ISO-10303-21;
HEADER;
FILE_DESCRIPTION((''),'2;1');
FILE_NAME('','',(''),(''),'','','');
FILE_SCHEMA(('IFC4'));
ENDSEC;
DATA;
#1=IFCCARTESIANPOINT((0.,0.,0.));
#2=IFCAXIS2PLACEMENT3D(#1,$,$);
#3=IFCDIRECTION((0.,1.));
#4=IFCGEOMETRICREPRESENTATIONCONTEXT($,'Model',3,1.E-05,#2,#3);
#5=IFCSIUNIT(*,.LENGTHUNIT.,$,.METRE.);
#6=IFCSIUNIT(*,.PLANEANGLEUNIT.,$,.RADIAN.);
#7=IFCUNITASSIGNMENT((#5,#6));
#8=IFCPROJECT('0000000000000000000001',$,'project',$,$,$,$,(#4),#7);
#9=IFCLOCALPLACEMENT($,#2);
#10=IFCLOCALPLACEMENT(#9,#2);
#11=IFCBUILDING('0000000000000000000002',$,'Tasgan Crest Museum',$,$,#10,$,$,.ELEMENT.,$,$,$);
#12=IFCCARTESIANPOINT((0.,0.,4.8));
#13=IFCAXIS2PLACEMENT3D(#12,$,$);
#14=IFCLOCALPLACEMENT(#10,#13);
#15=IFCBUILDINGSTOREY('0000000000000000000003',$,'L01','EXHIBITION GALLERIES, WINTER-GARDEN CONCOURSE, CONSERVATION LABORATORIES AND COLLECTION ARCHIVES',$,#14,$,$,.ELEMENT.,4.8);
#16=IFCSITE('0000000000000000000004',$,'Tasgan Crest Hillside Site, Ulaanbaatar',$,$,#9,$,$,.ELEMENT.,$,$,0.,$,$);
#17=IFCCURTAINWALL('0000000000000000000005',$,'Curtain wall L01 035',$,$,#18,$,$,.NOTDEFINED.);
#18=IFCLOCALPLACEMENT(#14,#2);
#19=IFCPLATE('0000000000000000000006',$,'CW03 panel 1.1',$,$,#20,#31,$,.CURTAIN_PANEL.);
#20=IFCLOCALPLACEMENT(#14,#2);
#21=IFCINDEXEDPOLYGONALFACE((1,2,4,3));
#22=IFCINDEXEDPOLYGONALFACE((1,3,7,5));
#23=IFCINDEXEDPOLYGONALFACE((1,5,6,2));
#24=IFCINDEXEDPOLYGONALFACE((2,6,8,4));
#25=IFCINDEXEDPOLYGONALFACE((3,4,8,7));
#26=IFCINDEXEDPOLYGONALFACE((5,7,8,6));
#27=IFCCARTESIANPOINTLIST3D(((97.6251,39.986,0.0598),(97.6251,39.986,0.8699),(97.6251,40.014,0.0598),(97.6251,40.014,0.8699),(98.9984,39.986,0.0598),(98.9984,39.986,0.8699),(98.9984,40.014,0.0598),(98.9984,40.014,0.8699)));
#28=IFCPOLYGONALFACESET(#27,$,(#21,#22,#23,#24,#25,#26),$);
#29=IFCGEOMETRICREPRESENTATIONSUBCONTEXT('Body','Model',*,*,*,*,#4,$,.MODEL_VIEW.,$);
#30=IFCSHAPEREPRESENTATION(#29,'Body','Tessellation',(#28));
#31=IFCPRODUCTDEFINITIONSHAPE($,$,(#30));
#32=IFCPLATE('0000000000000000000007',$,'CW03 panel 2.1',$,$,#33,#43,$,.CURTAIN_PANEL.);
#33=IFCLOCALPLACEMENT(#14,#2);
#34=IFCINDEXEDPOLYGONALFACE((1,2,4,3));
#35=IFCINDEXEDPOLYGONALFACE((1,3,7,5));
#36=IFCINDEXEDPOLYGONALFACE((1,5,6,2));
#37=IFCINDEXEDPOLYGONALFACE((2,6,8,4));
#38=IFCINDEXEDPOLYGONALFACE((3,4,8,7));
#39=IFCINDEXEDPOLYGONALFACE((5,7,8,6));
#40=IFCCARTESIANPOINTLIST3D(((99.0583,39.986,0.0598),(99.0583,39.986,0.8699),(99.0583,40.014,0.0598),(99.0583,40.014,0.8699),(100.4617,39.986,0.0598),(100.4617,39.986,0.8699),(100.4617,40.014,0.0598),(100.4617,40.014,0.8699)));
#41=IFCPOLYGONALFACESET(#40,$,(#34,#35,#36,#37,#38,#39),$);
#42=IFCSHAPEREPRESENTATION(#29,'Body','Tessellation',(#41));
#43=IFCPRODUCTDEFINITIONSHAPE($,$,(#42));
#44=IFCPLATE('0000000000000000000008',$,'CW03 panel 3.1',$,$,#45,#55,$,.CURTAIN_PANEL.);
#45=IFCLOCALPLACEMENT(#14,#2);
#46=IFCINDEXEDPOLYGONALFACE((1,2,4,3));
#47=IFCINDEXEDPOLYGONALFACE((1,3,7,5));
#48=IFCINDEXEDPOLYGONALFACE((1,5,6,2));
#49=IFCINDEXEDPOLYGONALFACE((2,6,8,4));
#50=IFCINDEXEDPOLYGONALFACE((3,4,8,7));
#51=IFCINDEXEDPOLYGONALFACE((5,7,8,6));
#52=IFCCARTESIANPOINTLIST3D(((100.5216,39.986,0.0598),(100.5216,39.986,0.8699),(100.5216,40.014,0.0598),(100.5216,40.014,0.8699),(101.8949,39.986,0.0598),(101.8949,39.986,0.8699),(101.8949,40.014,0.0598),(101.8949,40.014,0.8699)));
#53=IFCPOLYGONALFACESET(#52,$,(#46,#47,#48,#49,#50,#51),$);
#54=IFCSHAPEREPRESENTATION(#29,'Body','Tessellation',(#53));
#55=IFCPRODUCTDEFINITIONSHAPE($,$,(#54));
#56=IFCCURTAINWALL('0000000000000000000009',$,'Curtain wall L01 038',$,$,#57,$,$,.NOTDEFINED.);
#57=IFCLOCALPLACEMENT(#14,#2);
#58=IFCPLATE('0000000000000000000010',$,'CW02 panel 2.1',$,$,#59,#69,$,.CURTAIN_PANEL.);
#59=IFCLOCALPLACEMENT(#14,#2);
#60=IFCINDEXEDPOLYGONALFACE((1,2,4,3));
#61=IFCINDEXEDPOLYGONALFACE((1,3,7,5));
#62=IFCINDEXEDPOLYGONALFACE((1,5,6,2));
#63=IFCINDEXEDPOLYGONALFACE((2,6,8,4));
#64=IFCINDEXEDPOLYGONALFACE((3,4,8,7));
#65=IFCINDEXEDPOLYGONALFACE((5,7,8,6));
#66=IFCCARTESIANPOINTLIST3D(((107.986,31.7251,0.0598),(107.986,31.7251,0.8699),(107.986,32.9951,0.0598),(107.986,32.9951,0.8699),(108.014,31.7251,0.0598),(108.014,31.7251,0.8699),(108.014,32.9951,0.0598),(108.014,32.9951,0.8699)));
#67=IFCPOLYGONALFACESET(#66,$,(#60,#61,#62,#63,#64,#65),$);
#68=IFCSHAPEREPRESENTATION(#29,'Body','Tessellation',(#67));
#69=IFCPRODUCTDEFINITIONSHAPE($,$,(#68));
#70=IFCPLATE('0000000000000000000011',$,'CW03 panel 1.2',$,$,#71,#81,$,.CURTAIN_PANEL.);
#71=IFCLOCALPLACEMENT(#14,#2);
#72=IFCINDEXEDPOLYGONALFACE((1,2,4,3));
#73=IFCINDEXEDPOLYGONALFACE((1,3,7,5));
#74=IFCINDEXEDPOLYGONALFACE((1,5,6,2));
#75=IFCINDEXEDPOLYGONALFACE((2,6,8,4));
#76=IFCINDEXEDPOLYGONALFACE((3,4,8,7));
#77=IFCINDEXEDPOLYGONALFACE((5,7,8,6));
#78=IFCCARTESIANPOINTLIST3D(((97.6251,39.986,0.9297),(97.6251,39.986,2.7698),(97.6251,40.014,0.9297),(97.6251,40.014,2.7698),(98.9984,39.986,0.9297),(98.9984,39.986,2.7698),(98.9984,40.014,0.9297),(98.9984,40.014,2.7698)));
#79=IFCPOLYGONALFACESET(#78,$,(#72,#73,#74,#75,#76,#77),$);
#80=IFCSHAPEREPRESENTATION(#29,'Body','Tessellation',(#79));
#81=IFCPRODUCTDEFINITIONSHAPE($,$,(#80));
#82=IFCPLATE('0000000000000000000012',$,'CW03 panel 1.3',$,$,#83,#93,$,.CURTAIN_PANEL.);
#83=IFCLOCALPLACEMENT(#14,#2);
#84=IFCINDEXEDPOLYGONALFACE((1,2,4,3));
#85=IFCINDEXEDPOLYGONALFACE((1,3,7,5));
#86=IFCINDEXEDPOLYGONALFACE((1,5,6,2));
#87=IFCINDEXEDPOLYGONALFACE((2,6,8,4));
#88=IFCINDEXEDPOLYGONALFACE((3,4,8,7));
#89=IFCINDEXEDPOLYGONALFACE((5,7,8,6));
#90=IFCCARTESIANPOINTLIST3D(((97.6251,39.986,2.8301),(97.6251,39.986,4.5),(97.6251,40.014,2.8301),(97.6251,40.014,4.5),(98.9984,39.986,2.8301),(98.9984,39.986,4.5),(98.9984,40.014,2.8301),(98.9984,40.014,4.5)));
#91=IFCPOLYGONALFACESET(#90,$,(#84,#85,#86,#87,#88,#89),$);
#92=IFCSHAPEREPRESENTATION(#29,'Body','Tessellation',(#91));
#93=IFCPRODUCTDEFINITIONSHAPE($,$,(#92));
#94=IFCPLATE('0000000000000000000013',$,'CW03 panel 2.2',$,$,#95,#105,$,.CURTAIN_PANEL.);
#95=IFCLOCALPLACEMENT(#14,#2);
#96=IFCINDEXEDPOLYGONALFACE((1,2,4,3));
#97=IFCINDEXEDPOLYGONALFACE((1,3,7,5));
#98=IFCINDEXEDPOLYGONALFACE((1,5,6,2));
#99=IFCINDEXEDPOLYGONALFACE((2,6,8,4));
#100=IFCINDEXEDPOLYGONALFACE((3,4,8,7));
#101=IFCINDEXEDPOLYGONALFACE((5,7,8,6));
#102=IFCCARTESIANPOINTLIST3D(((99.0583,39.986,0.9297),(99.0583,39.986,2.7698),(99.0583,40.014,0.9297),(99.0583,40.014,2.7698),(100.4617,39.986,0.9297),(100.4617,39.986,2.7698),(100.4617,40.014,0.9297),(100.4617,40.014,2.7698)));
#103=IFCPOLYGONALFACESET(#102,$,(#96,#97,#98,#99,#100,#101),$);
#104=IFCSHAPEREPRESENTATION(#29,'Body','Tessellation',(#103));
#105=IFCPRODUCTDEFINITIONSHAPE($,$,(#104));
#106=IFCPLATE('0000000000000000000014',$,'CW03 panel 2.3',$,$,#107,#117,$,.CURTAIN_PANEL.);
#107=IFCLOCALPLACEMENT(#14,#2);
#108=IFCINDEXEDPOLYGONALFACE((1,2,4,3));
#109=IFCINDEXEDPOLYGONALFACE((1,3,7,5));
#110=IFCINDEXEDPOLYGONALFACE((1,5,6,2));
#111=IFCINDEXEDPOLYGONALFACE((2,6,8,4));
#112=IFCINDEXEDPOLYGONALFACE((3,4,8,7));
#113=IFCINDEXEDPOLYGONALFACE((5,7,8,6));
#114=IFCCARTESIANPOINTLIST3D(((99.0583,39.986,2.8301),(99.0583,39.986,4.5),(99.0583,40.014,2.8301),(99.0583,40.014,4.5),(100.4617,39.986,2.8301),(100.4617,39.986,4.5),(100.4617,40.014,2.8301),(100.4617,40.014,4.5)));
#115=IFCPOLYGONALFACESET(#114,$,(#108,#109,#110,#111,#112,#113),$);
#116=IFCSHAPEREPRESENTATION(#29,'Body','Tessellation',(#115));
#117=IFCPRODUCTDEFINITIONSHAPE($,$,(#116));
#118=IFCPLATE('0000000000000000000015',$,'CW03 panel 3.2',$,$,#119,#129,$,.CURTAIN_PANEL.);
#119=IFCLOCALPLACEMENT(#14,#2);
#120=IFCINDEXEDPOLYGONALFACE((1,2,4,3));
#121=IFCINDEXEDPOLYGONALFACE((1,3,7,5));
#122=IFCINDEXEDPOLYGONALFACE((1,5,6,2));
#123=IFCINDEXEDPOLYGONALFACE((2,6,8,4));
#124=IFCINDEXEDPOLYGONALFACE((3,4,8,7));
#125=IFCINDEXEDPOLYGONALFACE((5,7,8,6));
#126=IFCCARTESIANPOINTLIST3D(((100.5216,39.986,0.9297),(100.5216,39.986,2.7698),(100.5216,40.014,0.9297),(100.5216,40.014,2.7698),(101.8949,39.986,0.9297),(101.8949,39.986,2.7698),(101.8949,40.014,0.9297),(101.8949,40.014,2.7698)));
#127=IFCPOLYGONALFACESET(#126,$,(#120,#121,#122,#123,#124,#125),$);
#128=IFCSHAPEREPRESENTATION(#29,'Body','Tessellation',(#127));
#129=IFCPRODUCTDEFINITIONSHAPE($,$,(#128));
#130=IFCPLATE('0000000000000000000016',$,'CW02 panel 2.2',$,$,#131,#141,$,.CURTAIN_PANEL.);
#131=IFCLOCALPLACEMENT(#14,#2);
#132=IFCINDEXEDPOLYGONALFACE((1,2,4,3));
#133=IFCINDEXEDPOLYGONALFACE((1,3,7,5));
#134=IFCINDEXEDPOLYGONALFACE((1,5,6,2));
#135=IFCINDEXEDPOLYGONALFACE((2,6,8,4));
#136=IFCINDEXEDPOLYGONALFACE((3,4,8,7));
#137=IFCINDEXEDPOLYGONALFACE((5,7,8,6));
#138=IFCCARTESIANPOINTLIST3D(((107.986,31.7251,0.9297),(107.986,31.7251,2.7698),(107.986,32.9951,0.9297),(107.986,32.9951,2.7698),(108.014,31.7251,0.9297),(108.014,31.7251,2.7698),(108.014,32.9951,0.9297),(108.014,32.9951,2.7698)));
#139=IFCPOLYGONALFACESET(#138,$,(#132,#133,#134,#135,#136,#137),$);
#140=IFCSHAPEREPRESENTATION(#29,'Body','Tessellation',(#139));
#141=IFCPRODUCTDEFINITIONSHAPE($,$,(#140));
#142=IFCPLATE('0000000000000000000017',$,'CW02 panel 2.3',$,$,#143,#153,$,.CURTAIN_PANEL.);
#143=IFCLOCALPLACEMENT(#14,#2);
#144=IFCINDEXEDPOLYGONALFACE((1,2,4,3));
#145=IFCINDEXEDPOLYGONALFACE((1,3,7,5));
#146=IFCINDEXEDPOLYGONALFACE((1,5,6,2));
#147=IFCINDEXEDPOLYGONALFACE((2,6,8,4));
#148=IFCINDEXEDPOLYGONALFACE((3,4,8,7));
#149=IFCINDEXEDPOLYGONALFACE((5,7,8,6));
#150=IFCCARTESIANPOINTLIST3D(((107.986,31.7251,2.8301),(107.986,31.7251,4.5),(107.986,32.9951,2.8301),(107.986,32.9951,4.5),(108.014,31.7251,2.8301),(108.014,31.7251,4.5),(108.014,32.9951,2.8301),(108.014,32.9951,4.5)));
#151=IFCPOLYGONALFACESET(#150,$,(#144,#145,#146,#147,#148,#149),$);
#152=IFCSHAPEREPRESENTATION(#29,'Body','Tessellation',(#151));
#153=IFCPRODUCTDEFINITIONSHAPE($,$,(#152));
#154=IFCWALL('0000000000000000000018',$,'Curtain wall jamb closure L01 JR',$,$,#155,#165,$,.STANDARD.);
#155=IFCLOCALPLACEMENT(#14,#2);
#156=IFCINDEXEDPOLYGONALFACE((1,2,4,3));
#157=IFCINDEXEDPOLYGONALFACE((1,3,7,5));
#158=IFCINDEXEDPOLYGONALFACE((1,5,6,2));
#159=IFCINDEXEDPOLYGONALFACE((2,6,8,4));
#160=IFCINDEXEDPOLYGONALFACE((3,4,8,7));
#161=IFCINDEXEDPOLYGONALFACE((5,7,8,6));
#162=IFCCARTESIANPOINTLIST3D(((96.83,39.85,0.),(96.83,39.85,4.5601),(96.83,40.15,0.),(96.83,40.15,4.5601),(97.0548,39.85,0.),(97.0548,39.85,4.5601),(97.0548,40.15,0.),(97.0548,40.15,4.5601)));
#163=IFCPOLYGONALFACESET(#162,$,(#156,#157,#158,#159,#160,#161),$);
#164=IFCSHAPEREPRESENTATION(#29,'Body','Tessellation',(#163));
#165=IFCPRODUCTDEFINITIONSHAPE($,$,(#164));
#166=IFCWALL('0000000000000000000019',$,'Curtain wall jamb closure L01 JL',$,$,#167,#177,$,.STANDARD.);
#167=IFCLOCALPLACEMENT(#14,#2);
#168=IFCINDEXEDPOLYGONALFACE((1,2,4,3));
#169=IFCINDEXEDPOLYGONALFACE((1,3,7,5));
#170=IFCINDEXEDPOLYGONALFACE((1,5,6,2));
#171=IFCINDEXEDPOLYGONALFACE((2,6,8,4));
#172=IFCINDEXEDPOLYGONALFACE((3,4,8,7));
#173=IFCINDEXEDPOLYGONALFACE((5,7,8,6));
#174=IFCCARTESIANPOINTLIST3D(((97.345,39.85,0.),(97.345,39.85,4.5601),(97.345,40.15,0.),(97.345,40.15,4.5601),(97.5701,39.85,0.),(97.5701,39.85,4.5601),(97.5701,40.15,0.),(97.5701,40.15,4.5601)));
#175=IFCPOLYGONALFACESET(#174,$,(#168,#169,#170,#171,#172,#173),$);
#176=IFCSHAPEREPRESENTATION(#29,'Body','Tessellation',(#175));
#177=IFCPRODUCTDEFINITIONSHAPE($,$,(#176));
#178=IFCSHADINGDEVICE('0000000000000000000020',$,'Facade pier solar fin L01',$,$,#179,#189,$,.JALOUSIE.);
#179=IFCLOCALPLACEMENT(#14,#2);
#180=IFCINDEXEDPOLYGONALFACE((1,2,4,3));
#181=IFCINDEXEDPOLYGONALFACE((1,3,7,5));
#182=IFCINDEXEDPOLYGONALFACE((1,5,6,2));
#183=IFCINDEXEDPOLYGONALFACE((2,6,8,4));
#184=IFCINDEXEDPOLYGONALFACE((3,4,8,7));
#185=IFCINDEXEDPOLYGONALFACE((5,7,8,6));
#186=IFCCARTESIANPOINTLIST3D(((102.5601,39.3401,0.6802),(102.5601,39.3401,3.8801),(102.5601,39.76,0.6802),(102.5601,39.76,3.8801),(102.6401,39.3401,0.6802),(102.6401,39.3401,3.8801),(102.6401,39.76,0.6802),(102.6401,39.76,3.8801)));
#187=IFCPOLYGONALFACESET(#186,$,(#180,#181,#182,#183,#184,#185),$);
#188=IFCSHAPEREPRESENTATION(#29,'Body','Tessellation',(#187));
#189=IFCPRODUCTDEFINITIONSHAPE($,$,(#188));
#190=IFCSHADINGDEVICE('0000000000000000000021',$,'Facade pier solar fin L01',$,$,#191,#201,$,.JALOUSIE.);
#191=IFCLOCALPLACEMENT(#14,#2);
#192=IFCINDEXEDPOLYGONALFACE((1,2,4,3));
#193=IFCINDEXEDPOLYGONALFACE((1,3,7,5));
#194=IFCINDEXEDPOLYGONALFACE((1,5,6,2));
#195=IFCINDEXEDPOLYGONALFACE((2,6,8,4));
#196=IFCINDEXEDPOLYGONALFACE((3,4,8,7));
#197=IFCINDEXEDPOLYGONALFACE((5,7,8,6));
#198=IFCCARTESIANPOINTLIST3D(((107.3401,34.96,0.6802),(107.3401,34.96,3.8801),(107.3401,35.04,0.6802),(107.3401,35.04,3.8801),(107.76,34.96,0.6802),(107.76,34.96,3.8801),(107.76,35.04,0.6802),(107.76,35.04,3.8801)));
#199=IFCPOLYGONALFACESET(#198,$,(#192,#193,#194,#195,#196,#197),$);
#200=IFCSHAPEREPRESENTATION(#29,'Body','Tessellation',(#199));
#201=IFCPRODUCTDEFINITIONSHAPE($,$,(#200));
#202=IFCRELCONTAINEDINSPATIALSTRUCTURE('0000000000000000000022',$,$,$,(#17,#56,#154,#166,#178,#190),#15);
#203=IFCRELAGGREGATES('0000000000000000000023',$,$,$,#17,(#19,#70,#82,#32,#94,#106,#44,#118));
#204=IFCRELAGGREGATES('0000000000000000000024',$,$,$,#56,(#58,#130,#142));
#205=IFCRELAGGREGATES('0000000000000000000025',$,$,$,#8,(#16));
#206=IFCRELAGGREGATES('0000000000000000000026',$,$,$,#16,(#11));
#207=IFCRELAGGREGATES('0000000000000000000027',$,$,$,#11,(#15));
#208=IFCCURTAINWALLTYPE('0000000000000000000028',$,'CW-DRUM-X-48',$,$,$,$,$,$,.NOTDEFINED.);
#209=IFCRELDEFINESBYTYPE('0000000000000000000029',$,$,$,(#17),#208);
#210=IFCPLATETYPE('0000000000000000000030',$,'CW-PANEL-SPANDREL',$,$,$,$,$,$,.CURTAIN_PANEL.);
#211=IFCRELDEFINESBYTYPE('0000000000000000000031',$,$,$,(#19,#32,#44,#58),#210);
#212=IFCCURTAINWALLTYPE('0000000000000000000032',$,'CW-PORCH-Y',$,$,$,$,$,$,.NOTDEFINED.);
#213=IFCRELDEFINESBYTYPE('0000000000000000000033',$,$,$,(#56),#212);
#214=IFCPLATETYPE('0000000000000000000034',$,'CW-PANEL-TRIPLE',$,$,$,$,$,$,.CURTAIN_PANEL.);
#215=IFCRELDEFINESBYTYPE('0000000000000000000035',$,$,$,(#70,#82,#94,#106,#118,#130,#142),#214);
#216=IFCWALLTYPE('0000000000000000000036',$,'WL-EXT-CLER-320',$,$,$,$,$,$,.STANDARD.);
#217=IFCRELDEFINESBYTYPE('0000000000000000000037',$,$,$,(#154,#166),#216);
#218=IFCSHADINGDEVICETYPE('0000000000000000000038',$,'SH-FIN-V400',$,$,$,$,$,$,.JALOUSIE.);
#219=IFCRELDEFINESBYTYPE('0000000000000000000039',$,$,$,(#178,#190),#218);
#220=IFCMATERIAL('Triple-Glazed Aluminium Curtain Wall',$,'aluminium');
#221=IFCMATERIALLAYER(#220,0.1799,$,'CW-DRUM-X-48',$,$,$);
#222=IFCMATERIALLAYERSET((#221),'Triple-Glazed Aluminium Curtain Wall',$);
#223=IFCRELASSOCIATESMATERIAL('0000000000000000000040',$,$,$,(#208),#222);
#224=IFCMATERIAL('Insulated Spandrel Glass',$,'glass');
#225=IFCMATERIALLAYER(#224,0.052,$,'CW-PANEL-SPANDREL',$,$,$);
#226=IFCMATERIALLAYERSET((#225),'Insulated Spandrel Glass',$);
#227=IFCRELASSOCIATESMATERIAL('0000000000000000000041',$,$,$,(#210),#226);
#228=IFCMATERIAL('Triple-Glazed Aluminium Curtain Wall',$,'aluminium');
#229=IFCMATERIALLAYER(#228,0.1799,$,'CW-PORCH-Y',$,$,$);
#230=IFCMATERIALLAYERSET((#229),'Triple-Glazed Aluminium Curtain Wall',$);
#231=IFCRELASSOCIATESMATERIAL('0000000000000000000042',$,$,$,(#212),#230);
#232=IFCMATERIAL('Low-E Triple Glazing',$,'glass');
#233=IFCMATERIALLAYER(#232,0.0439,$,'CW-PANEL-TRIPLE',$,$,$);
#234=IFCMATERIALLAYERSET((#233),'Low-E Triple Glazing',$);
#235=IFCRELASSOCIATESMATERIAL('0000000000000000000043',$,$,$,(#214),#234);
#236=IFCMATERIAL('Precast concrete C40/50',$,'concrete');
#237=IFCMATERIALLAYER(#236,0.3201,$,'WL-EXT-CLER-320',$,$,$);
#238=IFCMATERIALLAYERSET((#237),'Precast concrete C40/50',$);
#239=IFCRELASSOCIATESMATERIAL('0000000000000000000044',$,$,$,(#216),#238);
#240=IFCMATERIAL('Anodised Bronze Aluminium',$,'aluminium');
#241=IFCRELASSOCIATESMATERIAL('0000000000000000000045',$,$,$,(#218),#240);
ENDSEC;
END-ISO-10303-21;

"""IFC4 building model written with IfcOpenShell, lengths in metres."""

from ifc_helpers import new_model, si_unit, direction, frame, frame_2d, origin, origin_2d, place, context, subcontext, project, spatial, rectangle, extrude, material, layer, layer_set, type_object, element, aggregate, save


model = new_model("IFC4")

# Units and contexts
model_context = context("Model", 3, precision=1e-05, world=origin(), true_north=direction((0.0, 1.0)))
body_context = subcontext(model_context, "Body", "Model", "MODEL_VIEW")
ifc_project = project(units=[si_unit("LENGTHUNIT", "METRE"), si_unit("PLANEANGLEUNIT", "RADIAN")], contexts=[model_context])

# Site, building, storey
site_placement = place(None, origin())
site = spatial("IfcSite", under=ifc_project, at=site_placement, Name="Tasgan Crest Hillside Site, Ulaanbaatar", CompositionType="ELEMENT", RefElevation=0.0)
building_placement = place(site_placement, origin())
building = spatial("IfcBuilding", under=site, at=building_placement, Name="Tasgan Crest Museum", CompositionType="ELEMENT")
storey_placement = place(building_placement, frame((0.0, 0.0, 4.8)))
storey = spatial("IfcBuildingStorey", under=building, at=storey_placement, Name="L01", Description="EXHIBITION GALLERIES, WINTER-GARDEN CONCOURSE, CONSERVATION LABORATORIES AND COLLECTION ARCHIVES", CompositionType="ELEMENT", Elevation=4.8)

# Shared definitions
ifc_material_1 = material(Name="Triple-Glazed Aluminium Curtain Wall", Category="aluminium")
ifc_layer_1 = layer(ifc_material_1, 0.1799, Name="CW-DRUM-X-48")
ifc_layer_set_1 = layer_set([ifc_layer_1], Name="Triple-Glazed Aluminium Curtain Wall")
curtain_wall_type_1 = type_object("IfcCurtainWallType", Name="CW-DRUM-X-48", PredefinedType="NOTDEFINED", material=ifc_layer_set_1)

# Curtain wall, plates
curtain_wall_1_placement = place(storey_placement, origin())
curtain_wall_1 = element("IfcCurtainWall", 1, at=curtain_wall_1_placement, inside=storey, type_object=curtain_wall_type_1, Name="Curtain wall L01 035", PredefinedType="NOTDEFINED")
ifc_material_2 = material(Name="Insulated Spandrel Glass", Category="glass")
ifc_layer_2 = layer(ifc_material_2, 0.052, Name="CW-PANEL-SPANDREL")
ifc_layer_set_2 = layer_set([ifc_layer_2], Name="Insulated Spandrel Glass")
plate_type_1 = type_object("IfcPlateType", Name="CW-PANEL-SPANDREL", PredefinedType="CURTAIN_PANEL", material=ifc_layer_set_2)
plate_1_placement = place(storey_placement, frame((98.3118, 40.0, 0.0598), z_axis=(0.0, 0.0, 1.0), x_axis=(1.0, 0.0, 0.0)))
plate_1 = element("IfcPlate", 2, at=plate_1_placement, type_object=plate_type_1, Name="CW03 panel 1.1", PredefinedType="CURTAIN_PANEL", context=body_context, shape_type="SweptSolid", body=[
    extrude(rectangle(XDim=1.3733, YDim=0.0281, at=origin_2d()), origin(), (0.0, 0.0, 1.0), 0.8101),
])
plate_2_placement = place(storey_placement, frame((99.76, 40.0, 0.0598), z_axis=(0.0, 0.0, 1.0), x_axis=(1.0, 0.0, 0.0)))
plate_2 = element("IfcPlate", 3, at=plate_2_placement, type_object=plate_type_1, Name="CW03 panel 2.1", PredefinedType="CURTAIN_PANEL", context=body_context, shape_type="SweptSolid", body=[
    extrude(rectangle(XDim=1.4033, YDim=0.0281, at=origin_2d()), origin(), (0.0, 0.0, 1.0), 0.8101),
])
plate_3_placement = place(storey_placement, frame((101.2083, 40.0, 0.0598), z_axis=(0.0, 0.0, 1.0), x_axis=(1.0, 0.0, 0.0)))
plate_3 = element("IfcPlate", 4, at=plate_3_placement, type_object=plate_type_1, Name="CW03 panel 3.1", PredefinedType="CURTAIN_PANEL", context=body_context, shape_type="SweptSolid", body=[
    extrude(rectangle(XDim=1.3733, YDim=0.0281, at=origin_2d()), origin(), (0.0, 0.0, 1.0), 0.8101),
])

# Curtain wall, plate
ifc_material_3 = material(Name="Triple-Glazed Aluminium Curtain Wall", Category="aluminium")
ifc_layer_3 = layer(ifc_material_3, 0.1799, Name="CW-PORCH-Y")
ifc_layer_set_3 = layer_set([ifc_layer_3], Name="Triple-Glazed Aluminium Curtain Wall")
curtain_wall_type_2 = type_object("IfcCurtainWallType", Name="CW-PORCH-Y", PredefinedType="NOTDEFINED", material=ifc_layer_set_3)
curtain_wall_2_placement = place(storey_placement, origin())
curtain_wall_2 = element("IfcCurtainWall", 5, at=curtain_wall_2_placement, inside=storey, type_object=curtain_wall_type_2, Name="Curtain wall L01 038", PredefinedType="NOTDEFINED")
plate_4_placement = place(storey_placement, frame((108.0, 32.3601, 0.0598), z_axis=(0.0, 0.0, 1.0), x_axis=(0.0, -1.0, 0.0)))
plate_4 = element("IfcPlate", 6, at=plate_4_placement, type_object=plate_type_1, Name="CW02 panel 2.1", PredefinedType="CURTAIN_PANEL", context=body_context, shape_type="SweptSolid", body=[
    extrude(rectangle(XDim=1.27, YDim=0.0281, at=origin_2d()), origin(), (0.0, 0.0, 1.0), 0.8101),
])

# Plates
ifc_material_4 = material(Name="Low-E Triple Glazing", Category="glass")
ifc_layer_4 = layer(ifc_material_4, 0.0439, Name="CW-PANEL-TRIPLE")
ifc_layer_set_4 = layer_set([ifc_layer_4], Name="Low-E Triple Glazing")
plate_type_2 = type_object("IfcPlateType", Name="CW-PANEL-TRIPLE", PredefinedType="CURTAIN_PANEL", material=ifc_layer_set_4)
plate_5_placement = place(storey_placement, frame((98.3118, 40.0, 0.9297), z_axis=(0.0, 0.0, 1.0), x_axis=(1.0, 0.0, 0.0)))
plate_5 = element("IfcPlate", 7, at=plate_5_placement, type_object=plate_type_2, Name="CW03 panel 1.2", PredefinedType="CURTAIN_PANEL", context=body_context, shape_type="SweptSolid", body=[
    extrude(rectangle(XDim=1.3733, YDim=0.0281, at=origin_2d()), origin(), (0.0, 0.0, 1.0), 1.8401),
])
plate_6_placement = place(storey_placement, frame((98.3118, 40.0, 2.8301), z_axis=(0.0, 0.0, 1.0), x_axis=(1.0, 0.0, 0.0)))
plate_6 = element("IfcPlate", 8, at=plate_6_placement, type_object=plate_type_2, Name="CW03 panel 1.3", PredefinedType="CURTAIN_PANEL", context=body_context, shape_type="SweptSolid", body=[
    extrude(rectangle(XDim=1.3733, YDim=0.0281, at=origin_2d()), origin(), (0.0, 0.0, 1.0), 1.6699),
])
plate_7_placement = place(storey_placement, frame((99.76, 40.0, 0.9297), z_axis=(0.0, 0.0, 1.0), x_axis=(1.0, 0.0, 0.0)))
plate_7 = element("IfcPlate", 9, at=plate_7_placement, type_object=plate_type_2, Name="CW03 panel 2.2", PredefinedType="CURTAIN_PANEL", context=body_context, shape_type="SweptSolid", body=[
    extrude(rectangle(XDim=1.4033, YDim=0.0281, at=origin_2d()), origin(), (0.0, 0.0, 1.0), 1.8401),
])
plate_8_placement = place(storey_placement, frame((99.76, 40.0, 2.8301), z_axis=(0.0, 0.0, 1.0), x_axis=(1.0, 0.0, 0.0)))
plate_8 = element("IfcPlate", 10, at=plate_8_placement, type_object=plate_type_2, Name="CW03 panel 2.3", PredefinedType="CURTAIN_PANEL", context=body_context, shape_type="SweptSolid", body=[
    extrude(rectangle(XDim=1.4033, YDim=0.0281, at=origin_2d()), origin(), (0.0, 0.0, 1.0), 1.6699),
])
plate_9_placement = place(storey_placement, frame((101.2083, 40.0, 0.9297), z_axis=(0.0, 0.0, 1.0), x_axis=(1.0, 0.0, 0.0)))
plate_9 = element("IfcPlate", 11, at=plate_9_placement, type_object=plate_type_2, Name="CW03 panel 3.2", PredefinedType="CURTAIN_PANEL", context=body_context, shape_type="SweptSolid", body=[
    extrude(rectangle(XDim=1.3733, YDim=0.0281, at=origin_2d()), origin(), (0.0, 0.0, 1.0), 1.8401),
])
aggregate(curtain_wall_1, [plate_1, plate_5, plate_6, plate_2, plate_7, plate_8, plate_3, plate_9])
plate_10_placement = place(storey_placement, frame((108.0, 32.3601, 0.9297), z_axis=(0.0, 0.0, 1.0), x_axis=(0.0, -1.0, 0.0)))
plate_10 = element("IfcPlate", 12, at=plate_10_placement, type_object=plate_type_2, Name="CW02 panel 2.2", PredefinedType="CURTAIN_PANEL", context=body_context, shape_type="SweptSolid", body=[
    extrude(rectangle(XDim=1.27, YDim=0.0281, at=origin_2d()), origin(), (0.0, 0.0, 1.0), 1.8401),
])
plate_11_placement = place(storey_placement, frame((108.0, 32.3601, 2.8301), z_axis=(0.0, 0.0, 1.0), x_axis=(0.0, -1.0, 0.0)))
plate_11 = element("IfcPlate", 13, at=plate_11_placement, type_object=plate_type_2, Name="CW02 panel 2.3", PredefinedType="CURTAIN_PANEL", context=body_context, shape_type="SweptSolid", body=[
    extrude(rectangle(XDim=1.27, YDim=0.0281, at=origin_2d()), origin(), (0.0, 0.0, 1.0), 1.6699),
])
aggregate(curtain_wall_2, [plate_4, plate_10, plate_11])

# Walls
ifc_material_5 = material(Name="Precast concrete C40/50", Category="concrete")
ifc_layer_5 = layer(ifc_material_5, 0.3201, Name="WL-EXT-CLER-320")
ifc_layer_set_5 = layer_set([ifc_layer_5], Name="Precast concrete C40/50")
wall_type = type_object("IfcWallType", Name="WL-EXT-CLER-320", PredefinedType="STANDARD", material=ifc_layer_set_5)
wall_1_placement = place(storey_placement, frame((96.8301, 40.0, 0.0), z_axis=(0.0, 0.0, 1.0), x_axis=(1.0, 0.0, 0.0)))
element("IfcWall", 14, at=wall_1_placement, inside=storey, type_object=wall_type, Name="Curtain wall jamb closure L01 JR", PredefinedType="STANDARD", context=body_context, shape_type="SweptSolid", body=[
    extrude(rectangle(XDim=0.2249, YDim=0.3, at=frame_2d((0.1123, 0.0))), origin(), (0.0, 0.0, 1.0), 4.5601),
])
wall_2_placement = place(storey_placement, frame((97.345, 40.0, 0.0), z_axis=(0.0, 0.0, 1.0), x_axis=(1.0, 0.0, 0.0)))
element("IfcWall", 15, at=wall_2_placement, inside=storey, type_object=wall_type, Name="Curtain wall jamb closure L01 JL", PredefinedType="STANDARD", context=body_context, shape_type="SweptSolid", body=[
    extrude(rectangle(XDim=0.2251, YDim=0.3, at=frame_2d((0.1125, 0.0))), origin(), (0.0, 0.0, 1.0), 4.5601),
])

# Shading devices
ifc_material_6 = material(Name="Anodised Bronze Aluminium", Category="aluminium")
shading_device_type = type_object("IfcShadingDeviceType", Name="SH-FIN-V400", PredefinedType="JALOUSIE", material=ifc_material_6)
for number, where, z_axis, x_axis, name in (
    (16, (102.6001, 39.55, 0.6802), (0.0, 0.0, 1.0), (1.0, 0.0, 0.0), "Facade pier solar fin L01"),
    (17, (107.55, 35.0, 0.6802), (0.0, 0.0, 1.0), (0.0, -1.0, 0.0), "Facade pier solar fin L01"),
):
    element("IfcShadingDevice", number, at=place(storey_placement, frame(where, z_axis=z_axis, x_axis=x_axis)), inside=storey, type_object=shading_device_type, Name=name, PredefinedType="JALOUSIE", context=body_context, shape_type="SweptSolid", body=[
        extrude(rectangle(XDim=0.0801, YDim=0.4199, at=origin_2d()), origin(), (0.0, 0.0, 1.0), 3.2),
    ])

save(model, "model.ifc")
